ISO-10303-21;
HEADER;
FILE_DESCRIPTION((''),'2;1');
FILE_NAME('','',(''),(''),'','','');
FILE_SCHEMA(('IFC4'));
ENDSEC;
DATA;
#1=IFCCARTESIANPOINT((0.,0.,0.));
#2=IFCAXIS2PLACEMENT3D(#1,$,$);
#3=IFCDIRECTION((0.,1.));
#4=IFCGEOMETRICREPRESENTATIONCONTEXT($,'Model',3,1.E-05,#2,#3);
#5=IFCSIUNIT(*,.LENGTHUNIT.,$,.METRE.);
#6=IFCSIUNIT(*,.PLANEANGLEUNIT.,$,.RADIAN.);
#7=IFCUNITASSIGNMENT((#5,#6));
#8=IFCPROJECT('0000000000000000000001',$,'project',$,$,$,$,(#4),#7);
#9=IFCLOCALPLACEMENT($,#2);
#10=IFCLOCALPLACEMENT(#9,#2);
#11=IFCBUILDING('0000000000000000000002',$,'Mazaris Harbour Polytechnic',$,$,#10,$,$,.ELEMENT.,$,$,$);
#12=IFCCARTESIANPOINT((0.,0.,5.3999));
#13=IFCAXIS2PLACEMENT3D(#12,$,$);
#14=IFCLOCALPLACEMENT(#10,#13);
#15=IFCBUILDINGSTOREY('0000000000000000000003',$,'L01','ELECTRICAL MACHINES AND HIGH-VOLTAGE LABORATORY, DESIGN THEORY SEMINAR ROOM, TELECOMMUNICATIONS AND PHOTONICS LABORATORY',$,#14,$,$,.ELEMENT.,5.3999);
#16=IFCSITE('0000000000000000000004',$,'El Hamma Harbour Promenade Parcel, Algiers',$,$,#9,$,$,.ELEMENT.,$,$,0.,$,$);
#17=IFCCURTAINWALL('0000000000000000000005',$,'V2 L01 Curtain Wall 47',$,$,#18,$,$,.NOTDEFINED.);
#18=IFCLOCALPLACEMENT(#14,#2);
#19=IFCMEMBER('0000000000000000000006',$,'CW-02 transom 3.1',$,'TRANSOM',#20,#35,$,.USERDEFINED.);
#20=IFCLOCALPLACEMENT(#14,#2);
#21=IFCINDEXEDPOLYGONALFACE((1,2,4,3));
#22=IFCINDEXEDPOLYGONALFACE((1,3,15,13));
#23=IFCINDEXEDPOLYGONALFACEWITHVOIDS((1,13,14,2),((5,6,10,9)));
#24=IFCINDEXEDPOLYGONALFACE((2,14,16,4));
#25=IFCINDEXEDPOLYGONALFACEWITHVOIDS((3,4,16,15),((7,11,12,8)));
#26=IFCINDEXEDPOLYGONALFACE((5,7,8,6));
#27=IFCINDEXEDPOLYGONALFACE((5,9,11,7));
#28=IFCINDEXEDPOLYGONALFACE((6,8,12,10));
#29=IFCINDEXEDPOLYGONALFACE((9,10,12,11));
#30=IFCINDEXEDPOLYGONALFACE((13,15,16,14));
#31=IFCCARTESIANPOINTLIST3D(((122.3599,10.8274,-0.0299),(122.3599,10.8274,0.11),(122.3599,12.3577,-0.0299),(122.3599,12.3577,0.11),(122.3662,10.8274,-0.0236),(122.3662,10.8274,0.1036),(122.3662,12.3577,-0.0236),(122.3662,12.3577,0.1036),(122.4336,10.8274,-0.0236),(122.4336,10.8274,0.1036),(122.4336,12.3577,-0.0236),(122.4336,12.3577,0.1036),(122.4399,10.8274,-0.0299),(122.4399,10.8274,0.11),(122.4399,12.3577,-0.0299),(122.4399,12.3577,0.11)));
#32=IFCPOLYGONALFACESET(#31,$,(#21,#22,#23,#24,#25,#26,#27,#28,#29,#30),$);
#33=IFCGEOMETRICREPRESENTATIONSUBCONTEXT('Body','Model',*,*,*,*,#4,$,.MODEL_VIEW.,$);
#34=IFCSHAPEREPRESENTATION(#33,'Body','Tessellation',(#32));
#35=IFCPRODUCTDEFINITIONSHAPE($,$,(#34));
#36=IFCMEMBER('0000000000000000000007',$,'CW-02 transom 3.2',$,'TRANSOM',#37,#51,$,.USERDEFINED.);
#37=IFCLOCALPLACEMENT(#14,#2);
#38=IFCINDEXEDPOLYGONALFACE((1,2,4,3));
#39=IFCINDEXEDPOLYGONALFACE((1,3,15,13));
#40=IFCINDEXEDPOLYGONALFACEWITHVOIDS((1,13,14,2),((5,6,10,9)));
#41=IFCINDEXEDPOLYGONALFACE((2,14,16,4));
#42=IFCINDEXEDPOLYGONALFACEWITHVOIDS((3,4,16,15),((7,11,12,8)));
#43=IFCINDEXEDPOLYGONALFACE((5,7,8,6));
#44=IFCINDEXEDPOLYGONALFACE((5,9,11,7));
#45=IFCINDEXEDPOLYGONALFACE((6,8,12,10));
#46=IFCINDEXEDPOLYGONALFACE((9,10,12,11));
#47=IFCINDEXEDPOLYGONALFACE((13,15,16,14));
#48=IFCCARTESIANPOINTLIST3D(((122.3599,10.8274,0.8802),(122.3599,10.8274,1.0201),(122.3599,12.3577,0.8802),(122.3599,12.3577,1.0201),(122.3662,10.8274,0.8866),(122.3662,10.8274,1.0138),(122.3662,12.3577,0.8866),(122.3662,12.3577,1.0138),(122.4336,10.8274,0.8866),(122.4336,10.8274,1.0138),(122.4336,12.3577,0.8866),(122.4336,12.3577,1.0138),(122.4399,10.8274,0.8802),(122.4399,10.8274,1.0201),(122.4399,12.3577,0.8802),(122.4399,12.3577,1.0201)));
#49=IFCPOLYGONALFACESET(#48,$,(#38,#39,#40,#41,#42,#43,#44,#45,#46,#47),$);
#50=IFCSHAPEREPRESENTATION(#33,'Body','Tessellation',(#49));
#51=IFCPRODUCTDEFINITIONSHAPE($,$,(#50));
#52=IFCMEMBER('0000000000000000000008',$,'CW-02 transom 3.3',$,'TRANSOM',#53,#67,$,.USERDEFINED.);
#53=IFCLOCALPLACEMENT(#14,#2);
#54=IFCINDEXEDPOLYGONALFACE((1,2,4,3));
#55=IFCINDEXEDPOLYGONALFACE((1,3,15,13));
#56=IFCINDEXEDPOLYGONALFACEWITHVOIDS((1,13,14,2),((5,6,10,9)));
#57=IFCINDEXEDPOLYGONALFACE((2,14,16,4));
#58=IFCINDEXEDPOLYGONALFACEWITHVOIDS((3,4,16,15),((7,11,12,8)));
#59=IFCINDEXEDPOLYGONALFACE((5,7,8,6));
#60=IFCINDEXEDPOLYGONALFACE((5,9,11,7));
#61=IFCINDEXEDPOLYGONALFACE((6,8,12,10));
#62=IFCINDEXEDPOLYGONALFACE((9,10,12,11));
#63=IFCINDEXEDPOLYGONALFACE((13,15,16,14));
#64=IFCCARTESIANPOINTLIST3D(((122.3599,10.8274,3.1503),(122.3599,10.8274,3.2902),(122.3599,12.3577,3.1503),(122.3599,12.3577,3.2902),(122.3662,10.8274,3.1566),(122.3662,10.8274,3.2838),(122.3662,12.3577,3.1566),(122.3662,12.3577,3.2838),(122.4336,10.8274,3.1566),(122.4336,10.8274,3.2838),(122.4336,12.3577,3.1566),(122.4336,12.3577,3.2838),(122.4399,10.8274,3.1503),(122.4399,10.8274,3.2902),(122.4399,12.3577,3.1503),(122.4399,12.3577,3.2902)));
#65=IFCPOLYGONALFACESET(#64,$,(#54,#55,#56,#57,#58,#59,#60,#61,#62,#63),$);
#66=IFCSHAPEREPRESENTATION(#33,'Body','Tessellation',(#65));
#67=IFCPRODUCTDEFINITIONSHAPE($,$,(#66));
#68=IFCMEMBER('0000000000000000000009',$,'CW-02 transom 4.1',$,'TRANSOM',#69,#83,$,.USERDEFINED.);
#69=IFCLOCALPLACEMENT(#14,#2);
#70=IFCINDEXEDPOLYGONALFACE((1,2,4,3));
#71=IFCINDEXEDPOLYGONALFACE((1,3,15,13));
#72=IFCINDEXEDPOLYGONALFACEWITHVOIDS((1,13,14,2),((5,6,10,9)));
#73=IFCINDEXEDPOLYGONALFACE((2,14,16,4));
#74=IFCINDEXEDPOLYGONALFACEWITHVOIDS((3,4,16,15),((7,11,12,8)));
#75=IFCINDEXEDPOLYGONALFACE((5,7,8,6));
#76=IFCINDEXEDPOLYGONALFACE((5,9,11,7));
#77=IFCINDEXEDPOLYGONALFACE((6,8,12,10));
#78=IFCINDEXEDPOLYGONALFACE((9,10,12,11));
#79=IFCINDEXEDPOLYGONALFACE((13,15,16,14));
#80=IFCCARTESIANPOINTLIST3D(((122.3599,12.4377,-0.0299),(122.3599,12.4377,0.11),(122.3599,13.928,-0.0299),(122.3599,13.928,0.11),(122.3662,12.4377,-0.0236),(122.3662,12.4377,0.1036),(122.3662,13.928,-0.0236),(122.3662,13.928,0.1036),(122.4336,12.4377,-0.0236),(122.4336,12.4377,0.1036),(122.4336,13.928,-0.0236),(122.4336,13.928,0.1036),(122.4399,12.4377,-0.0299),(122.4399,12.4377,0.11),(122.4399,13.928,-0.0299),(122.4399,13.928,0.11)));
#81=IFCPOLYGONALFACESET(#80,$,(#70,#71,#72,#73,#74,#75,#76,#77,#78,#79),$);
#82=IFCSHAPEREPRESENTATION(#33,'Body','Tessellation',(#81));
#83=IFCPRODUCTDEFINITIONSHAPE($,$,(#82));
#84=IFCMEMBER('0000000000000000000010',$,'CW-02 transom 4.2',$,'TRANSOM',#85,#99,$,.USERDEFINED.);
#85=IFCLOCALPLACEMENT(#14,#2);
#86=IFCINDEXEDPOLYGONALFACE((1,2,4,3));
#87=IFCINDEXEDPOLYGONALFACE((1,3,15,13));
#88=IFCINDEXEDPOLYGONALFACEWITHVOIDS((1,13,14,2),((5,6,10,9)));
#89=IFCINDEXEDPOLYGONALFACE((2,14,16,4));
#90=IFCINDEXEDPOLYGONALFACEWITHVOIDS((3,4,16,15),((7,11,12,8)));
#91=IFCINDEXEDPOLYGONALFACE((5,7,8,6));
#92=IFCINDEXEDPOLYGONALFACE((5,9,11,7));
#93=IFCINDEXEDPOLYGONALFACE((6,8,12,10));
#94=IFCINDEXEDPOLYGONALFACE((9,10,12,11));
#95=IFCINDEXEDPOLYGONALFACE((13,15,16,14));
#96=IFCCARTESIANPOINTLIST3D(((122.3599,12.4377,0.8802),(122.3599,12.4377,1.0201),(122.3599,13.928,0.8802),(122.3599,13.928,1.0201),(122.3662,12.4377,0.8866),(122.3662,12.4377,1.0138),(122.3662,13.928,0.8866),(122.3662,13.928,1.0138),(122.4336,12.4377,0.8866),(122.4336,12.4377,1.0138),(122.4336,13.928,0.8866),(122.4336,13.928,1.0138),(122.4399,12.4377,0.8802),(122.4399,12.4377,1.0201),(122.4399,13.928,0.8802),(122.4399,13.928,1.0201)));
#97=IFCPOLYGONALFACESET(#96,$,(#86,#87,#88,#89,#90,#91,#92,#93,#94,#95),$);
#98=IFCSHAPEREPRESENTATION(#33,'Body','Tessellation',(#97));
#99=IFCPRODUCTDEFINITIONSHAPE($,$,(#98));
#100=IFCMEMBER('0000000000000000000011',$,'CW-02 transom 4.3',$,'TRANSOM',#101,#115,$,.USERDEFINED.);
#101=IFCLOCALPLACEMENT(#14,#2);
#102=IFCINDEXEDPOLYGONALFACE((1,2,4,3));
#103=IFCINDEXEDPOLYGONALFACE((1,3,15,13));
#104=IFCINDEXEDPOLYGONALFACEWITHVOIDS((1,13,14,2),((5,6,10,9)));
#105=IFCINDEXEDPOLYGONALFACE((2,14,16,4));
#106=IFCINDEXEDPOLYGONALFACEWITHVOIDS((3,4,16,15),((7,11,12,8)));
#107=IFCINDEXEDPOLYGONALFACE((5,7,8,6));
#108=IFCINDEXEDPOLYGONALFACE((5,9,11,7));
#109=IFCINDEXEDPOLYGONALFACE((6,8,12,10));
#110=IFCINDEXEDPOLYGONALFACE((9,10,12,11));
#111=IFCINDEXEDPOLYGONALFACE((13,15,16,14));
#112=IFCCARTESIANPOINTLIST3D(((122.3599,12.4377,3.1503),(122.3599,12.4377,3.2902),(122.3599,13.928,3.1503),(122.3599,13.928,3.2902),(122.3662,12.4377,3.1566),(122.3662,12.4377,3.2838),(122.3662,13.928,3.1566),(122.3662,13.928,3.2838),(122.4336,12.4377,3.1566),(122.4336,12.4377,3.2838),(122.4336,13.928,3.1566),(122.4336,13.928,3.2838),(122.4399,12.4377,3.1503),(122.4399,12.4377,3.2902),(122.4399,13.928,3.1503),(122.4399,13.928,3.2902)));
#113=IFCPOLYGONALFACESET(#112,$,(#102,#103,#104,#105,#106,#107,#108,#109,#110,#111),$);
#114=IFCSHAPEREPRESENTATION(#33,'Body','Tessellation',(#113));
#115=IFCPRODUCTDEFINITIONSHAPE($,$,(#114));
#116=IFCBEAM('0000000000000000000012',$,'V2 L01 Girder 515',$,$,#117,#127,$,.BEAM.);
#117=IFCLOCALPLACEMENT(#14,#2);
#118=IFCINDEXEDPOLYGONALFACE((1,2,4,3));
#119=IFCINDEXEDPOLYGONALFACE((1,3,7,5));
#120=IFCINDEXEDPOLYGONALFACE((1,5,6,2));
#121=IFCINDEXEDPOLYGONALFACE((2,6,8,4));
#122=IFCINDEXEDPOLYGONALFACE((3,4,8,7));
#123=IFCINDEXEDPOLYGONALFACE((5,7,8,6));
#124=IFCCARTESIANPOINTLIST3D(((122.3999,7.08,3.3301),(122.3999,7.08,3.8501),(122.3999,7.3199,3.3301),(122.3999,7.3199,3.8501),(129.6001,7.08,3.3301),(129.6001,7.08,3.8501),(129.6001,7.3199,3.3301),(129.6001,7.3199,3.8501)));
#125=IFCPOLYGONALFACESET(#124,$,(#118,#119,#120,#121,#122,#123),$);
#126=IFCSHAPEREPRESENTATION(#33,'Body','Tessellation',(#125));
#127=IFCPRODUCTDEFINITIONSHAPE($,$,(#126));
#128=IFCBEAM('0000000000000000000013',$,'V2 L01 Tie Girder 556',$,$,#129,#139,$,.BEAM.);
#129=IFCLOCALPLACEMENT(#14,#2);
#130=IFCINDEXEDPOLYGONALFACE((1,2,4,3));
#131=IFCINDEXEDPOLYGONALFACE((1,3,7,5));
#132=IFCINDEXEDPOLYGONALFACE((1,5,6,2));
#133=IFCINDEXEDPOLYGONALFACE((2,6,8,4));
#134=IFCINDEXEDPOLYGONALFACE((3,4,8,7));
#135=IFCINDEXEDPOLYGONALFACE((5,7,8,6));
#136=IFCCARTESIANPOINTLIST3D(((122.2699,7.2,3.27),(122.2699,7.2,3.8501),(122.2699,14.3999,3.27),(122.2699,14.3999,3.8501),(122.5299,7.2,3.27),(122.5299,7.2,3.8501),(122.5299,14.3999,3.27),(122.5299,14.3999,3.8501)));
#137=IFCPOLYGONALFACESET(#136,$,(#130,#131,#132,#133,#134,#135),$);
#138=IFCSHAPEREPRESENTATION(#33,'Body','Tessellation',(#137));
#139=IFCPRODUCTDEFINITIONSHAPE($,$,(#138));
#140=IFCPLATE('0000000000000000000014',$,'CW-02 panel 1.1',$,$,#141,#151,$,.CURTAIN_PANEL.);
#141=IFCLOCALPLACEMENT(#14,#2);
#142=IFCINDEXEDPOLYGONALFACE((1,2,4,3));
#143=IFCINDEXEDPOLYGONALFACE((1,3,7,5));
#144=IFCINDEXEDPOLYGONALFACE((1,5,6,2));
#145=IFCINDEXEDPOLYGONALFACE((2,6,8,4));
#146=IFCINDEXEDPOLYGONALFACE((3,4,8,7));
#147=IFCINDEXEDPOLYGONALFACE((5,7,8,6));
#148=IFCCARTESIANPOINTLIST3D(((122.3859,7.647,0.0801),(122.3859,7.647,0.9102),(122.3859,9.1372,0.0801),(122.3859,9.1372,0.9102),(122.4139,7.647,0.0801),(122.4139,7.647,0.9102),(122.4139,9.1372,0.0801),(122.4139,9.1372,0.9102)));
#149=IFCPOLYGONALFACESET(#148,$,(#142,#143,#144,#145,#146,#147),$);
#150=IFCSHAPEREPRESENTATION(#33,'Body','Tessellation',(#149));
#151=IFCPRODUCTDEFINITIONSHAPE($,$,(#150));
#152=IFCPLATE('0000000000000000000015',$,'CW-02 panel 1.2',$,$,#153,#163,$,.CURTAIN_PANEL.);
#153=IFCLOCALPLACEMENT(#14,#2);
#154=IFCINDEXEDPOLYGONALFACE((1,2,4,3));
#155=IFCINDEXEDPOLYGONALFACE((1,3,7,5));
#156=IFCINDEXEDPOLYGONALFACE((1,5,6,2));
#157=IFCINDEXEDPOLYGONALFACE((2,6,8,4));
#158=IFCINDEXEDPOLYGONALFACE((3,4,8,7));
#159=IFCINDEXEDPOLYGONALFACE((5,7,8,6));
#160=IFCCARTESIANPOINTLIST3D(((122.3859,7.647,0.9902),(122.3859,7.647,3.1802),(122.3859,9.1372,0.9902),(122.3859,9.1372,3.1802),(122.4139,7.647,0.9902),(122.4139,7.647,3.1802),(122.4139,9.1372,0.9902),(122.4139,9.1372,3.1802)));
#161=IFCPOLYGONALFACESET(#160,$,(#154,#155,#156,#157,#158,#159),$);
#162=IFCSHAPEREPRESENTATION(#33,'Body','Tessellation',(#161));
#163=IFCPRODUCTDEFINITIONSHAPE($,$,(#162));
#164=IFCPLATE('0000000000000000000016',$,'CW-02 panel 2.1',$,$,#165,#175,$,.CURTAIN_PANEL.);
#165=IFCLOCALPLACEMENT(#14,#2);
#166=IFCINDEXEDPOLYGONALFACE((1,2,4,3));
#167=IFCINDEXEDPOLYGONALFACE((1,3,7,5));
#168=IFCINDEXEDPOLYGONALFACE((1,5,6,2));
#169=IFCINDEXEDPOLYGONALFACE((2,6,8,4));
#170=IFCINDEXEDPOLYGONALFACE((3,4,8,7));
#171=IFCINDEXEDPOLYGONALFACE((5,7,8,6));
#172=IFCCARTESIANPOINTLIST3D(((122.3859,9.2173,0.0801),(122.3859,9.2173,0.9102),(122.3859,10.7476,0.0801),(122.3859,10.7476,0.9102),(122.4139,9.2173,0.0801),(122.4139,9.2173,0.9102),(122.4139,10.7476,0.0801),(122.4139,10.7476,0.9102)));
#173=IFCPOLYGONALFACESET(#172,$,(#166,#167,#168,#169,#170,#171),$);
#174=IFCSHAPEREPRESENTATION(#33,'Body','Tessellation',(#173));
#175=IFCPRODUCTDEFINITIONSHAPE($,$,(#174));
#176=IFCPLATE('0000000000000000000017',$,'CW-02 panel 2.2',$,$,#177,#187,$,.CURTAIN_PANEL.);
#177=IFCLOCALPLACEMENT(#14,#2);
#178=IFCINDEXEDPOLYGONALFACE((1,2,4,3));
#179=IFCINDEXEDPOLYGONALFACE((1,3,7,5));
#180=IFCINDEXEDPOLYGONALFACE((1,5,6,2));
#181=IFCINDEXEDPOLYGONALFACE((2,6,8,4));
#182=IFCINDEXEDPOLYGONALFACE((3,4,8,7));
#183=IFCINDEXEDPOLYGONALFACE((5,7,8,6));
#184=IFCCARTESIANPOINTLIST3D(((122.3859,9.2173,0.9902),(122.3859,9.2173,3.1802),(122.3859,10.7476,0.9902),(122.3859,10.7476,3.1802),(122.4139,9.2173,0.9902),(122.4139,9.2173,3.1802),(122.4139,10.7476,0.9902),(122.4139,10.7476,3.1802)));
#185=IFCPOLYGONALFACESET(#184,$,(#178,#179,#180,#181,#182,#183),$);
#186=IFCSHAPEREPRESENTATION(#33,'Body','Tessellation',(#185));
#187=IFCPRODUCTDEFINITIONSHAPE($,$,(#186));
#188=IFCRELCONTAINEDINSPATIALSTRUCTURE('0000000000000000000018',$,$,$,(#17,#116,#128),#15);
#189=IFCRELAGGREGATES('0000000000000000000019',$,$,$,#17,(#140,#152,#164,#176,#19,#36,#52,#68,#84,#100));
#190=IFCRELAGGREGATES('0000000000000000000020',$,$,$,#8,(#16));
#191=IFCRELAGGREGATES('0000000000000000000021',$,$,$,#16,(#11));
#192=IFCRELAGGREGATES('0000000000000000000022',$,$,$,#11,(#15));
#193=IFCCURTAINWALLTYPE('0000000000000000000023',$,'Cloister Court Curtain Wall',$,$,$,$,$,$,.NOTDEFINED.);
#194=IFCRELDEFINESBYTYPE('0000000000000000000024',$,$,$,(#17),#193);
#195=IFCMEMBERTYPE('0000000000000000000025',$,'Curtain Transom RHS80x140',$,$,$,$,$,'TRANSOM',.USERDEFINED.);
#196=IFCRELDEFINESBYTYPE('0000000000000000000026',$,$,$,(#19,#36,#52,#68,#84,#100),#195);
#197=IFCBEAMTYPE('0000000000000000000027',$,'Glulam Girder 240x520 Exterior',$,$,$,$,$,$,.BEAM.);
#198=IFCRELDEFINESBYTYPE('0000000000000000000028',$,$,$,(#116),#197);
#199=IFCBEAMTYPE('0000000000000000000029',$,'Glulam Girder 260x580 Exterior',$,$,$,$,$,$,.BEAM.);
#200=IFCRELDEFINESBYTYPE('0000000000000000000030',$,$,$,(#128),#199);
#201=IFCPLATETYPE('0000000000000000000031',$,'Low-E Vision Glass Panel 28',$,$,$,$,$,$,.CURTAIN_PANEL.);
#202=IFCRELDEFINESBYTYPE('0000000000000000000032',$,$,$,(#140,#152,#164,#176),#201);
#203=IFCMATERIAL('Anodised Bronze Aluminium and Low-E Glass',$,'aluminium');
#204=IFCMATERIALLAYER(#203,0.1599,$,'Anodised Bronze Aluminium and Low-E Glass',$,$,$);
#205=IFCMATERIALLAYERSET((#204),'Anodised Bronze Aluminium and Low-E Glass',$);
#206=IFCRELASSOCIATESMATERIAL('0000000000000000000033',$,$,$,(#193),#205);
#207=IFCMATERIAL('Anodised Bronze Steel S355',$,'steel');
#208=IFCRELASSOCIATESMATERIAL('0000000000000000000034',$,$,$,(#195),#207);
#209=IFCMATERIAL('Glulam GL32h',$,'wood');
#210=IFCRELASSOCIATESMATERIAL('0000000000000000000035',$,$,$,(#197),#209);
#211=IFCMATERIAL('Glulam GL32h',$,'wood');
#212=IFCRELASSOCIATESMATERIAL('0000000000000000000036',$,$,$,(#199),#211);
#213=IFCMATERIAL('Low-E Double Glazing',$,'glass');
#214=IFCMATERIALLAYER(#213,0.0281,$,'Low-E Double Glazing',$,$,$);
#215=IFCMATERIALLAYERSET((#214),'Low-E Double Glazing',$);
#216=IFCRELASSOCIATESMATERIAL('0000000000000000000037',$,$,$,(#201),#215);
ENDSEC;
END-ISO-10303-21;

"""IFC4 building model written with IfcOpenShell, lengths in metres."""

from ifc_helpers import new_model, si_unit, direction, frame, origin, origin_2d, place, context, subcontext, project, spatial, rectangle, hollow_rectangle, extrude, material, layer, layer_set, material_profile, profile_set, type_object, element, aggregate, save


model = new_model("IFC4")

# Units and contexts
model_context = context("Model", 3, precision=1e-05, world=origin(), true_north=direction((0.0, 1.0)))
body_context = subcontext(model_context, "Body", "Model", "MODEL_VIEW")
ifc_project = project(units=[si_unit("LENGTHUNIT", "METRE"), si_unit("PLANEANGLEUNIT", "RADIAN")], contexts=[model_context])

# Site, building, storey
site_placement = place(None, origin())
site = spatial("IfcSite", under=ifc_project, at=site_placement, Name="El Hamma Harbour Promenade Parcel, Algiers", CompositionType="ELEMENT", RefElevation=0.0)
building_placement = place(site_placement, origin())
building = spatial("IfcBuilding", under=site, at=building_placement, Name="Mazaris Harbour Polytechnic", CompositionType="ELEMENT")
storey_placement = place(building_placement, frame((0.0, 0.0, 5.3999)))
storey = spatial("IfcBuildingStorey", under=building, at=storey_placement, Name="L01", Description="ELECTRICAL MACHINES AND HIGH-VOLTAGE LABORATORY, DESIGN THEORY SEMINAR ROOM, TELECOMMUNICATIONS AND PHOTONICS LABORATORY", CompositionType="ELEMENT", Elevation=5.3999)

# Curtain wall, members
ifc_material_1 = material(Name="Anodised Bronze Aluminium and Low-E Glass", Category="aluminium")
ifc_layer_1 = layer(ifc_material_1, 0.1599, Name="Anodised Bronze Aluminium and Low-E Glass")
ifc_layer_set_1 = layer_set([ifc_layer_1], Name="Anodised Bronze Aluminium and Low-E Glass")
curtain_wall_type = type_object("IfcCurtainWallType", Name="Cloister Court Curtain Wall", PredefinedType="NOTDEFINED", material=ifc_layer_set_1)
curtain_wall_placement = place(storey_placement, origin())
curtain_wall = element("IfcCurtainWall", 1, at=curtain_wall_placement, inside=storey, type_object=curtain_wall_type, Name="V2 L01 Curtain Wall 47", PredefinedType="NOTDEFINED")
ifc_material_2 = material(Name="Anodised Bronze Steel S355", Category="steel")
ifc_material_profile_1 = material_profile(ifc_material_2, hollow_rectangle(XDim=0.0801, YDim=0.1399, WallThickness=0.0063, at=origin_2d()), Name="RHS 80x140x6.3")
ifc_profile_set_1 = profile_set([ifc_material_profile_1], Name="Anodised Bronze Steel S355")
member_type_1 = type_object("IfcMemberType", Name="Curtain Transom RHS80x140", ElementType="TRANSOM", PredefinedType="USERDEFINED", material=ifc_profile_set_1)
member_1_placement = place(storey_placement, frame((122.3999, 10.8274, 0.04), z_axis=(0.0, 1.0, 0.0), x_axis=(-1.0, 0.0, 0.0)))
member_1 = element("IfcMember", 2, at=member_1_placement, type_object=member_type_1, Name="CW-02 transom 3.1", ObjectType="TRANSOM", PredefinedType="USERDEFINED", context=body_context, shape_type="SweptSolid", body=[
    extrude(hollow_rectangle(XDim=0.0801, YDim=0.1399, WallThickness=0.0063, at=origin_2d()), origin(), (0.0, 0.0, 1.0), 1.5303),
])
member_2_placement = place(storey_placement, frame((122.3999, 10.8274, 0.9502), z_axis=(0.0, 1.0, 0.0), x_axis=(-1.0, 0.0, 0.0)))
member_2 = element("IfcMember", 3, at=member_2_placement, type_object=member_type_1, Name="CW-02 transom 3.2", ObjectType="TRANSOM", PredefinedType="USERDEFINED", context=body_context, shape_type="SweptSolid", body=[
    extrude(hollow_rectangle(XDim=0.0801, YDim=0.1399, WallThickness=0.0063, at=origin_2d()), origin(), (0.0, 0.0, 1.0), 1.5303),
])
member_3_placement = place(storey_placement, frame((122.3999, 10.8274, 3.2202), z_axis=(0.0, 1.0, 0.0), x_axis=(-1.0, 0.0, 0.0)))
member_3 = element("IfcMember", 4, at=member_3_placement, type_object=member_type_1, Name="CW-02 transom 3.3", ObjectType="TRANSOM", PredefinedType="USERDEFINED", context=body_context, shape_type="SweptSolid", body=[
    extrude(hollow_rectangle(XDim=0.0801, YDim=0.1399, WallThickness=0.0063, at=origin_2d()), origin(), (0.0, 0.0, 1.0), 1.5303),
])
member_4_placement = place(storey_placement, frame((122.3999, 12.4377, 0.04), z_axis=(0.0, 1.0, 0.0), x_axis=(-1.0, 0.0, 0.0)))
member_4 = element("IfcMember", 5, at=member_4_placement, type_object=member_type_1, Name="CW-02 transom 4.1", ObjectType="TRANSOM", PredefinedType="USERDEFINED", context=body_context, shape_type="SweptSolid", body=[
    extrude(hollow_rectangle(XDim=0.0801, YDim=0.1399, WallThickness=0.0063, at=origin_2d()), origin(), (0.0, 0.0, 1.0), 1.4902),
])
member_5_placement = place(storey_placement, frame((122.3999, 12.4377, 0.9502), z_axis=(0.0, 1.0, 0.0), x_axis=(-1.0, 0.0, 0.0)))
member_5 = element("IfcMember", 6, at=member_5_placement, type_object=member_type_1, Name="CW-02 transom 4.2", ObjectType="TRANSOM", PredefinedType="USERDEFINED", context=body_context, shape_type="SweptSolid", body=[
    extrude(hollow_rectangle(XDim=0.0801, YDim=0.1399, WallThickness=0.0063, at=origin_2d()), origin(), (0.0, 0.0, 1.0), 1.4902),
])
member_6_placement = place(storey_placement, frame((122.3999, 12.4377, 3.2202), z_axis=(0.0, 1.0, 0.0), x_axis=(-1.0, 0.0, 0.0)))
member_6 = element("IfcMember", 7, at=member_6_placement, type_object=member_type_1, Name="CW-02 transom 4.3", ObjectType="TRANSOM", PredefinedType="USERDEFINED", context=body_context, shape_type="SweptSolid", body=[
    extrude(hollow_rectangle(XDim=0.0801, YDim=0.1399, WallThickness=0.0063, at=origin_2d()), origin(), (0.0, 0.0, 1.0), 1.4902),
])

# Beams
ifc_material_3 = material(Name="Glulam GL32h", Category="wood")
ifc_material_profile_2 = material_profile(ifc_material_3, rectangle(XDim=0.24, YDim=0.52, at=origin_2d()), Name="RECT240x520")
ifc_profile_set_2 = profile_set([ifc_material_profile_2], Name="Glulam GL32h")
beam_type_1 = type_object("IfcBeamType", Name="Glulam Girder 240x520 Exterior", PredefinedType="BEAM", material=ifc_profile_set_2)
beam_1_placement = place(storey_placement, frame((122.3999, 7.2, 3.5901), z_axis=(1.0, 0.0, 0.0), x_axis=(0.0, 1.0, 0.0)))
element("IfcBeam", 8, at=beam_1_placement, inside=storey, type_object=beam_type_1, Name="V2 L01 Girder 515", PredefinedType="BEAM", context=body_context, shape_type="SweptSolid", body=[
    extrude(rectangle(XDim=0.24, YDim=0.52, at=origin_2d()), origin(), (0.0, 0.0, 1.0), 7.2002),
])
ifc_material_4 = material(Name="Glulam GL32h", Category="wood")
ifc_material_profile_3 = material_profile(ifc_material_4, rectangle(XDim=0.26, YDim=0.5801, at=origin_2d()), Name="RECT260x580")
ifc_profile_set_3 = profile_set([ifc_material_profile_3], Name="Glulam GL32h")
beam_type_2 = type_object("IfcBeamType", Name="Glulam Girder 260x580 Exterior", PredefinedType="BEAM", material=ifc_profile_set_3)
beam_2_placement = place(storey_placement, frame((122.3999, 7.2, 3.5601), z_axis=(0.0, 1.0, 0.0), x_axis=(-1.0, 0.0, 0.0)))
element("IfcBeam", 9, at=beam_2_placement, inside=storey, type_object=beam_type_2, Name="V2 L01 Tie Girder 556", PredefinedType="BEAM", context=body_context, shape_type="SweptSolid", body=[
    extrude(rectangle(XDim=0.26, YDim=0.5801, at=origin_2d()), origin(), (0.0, 0.0, 1.0), 7.2),
])

# Plates
ifc_material_5 = material(Name="Low-E Double Glazing", Category="glass")
ifc_layer_2 = layer(ifc_material_5, 0.0281, Name="Low-E Double Glazing")
ifc_layer_set_2 = layer_set([ifc_layer_2], Name="Low-E Double Glazing")
plate_type = type_object("IfcPlateType", Name="Low-E Vision Glass Panel 28", PredefinedType="CURTAIN_PANEL", material=ifc_layer_set_2)
plate_1_placement = place(storey_placement, frame((122.3999, 8.3921, 0.0801), z_axis=(0.0, 0.0, 1.0), x_axis=(0.0, 1.0, 0.0)))
plate_1 = element("IfcPlate", 10, at=plate_1_placement, type_object=plate_type, Name="CW-02 panel 1.1", PredefinedType="CURTAIN_PANEL", context=body_context, shape_type="SweptSolid", body=[
    extrude(rectangle(XDim=1.4902, YDim=0.0281, at=origin_2d()), origin(), (0.0, 0.0, 1.0), 0.8301),
])
plate_2_placement = place(storey_placement, frame((122.3999, 8.3921, 0.9902), z_axis=(0.0, 0.0, 1.0), x_axis=(0.0, 1.0, 0.0)))
plate_2 = element("IfcPlate", 11, at=plate_2_placement, type_object=plate_type, Name="CW-02 panel 1.2", PredefinedType="CURTAIN_PANEL", context=body_context, shape_type="SweptSolid", body=[
    extrude(rectangle(XDim=1.4902, YDim=0.0281, at=origin_2d()), origin(), (0.0, 0.0, 1.0), 2.1899),
])
plate_3_placement = place(storey_placement, frame((122.3999, 9.9824, 0.0801), z_axis=(0.0, 0.0, 1.0), x_axis=(0.0, 1.0, 0.0)))
plate_3 = element("IfcPlate", 12, at=plate_3_placement, type_object=plate_type, Name="CW-02 panel 2.1", PredefinedType="CURTAIN_PANEL", context=body_context, shape_type="SweptSolid", body=[
    extrude(rectangle(XDim=1.5303, YDim=0.0281, at=origin_2d()), origin(), (0.0, 0.0, 1.0), 0.8301),
])
plate_4_placement = place(storey_placement, frame((122.3999, 9.9824, 0.9902), z_axis=(0.0, 0.0, 1.0), x_axis=(0.0, 1.0, 0.0)))
plate_4 = element("IfcPlate", 13, at=plate_4_placement, type_object=plate_type, Name="CW-02 panel 2.2", PredefinedType="CURTAIN_PANEL", context=body_context, shape_type="SweptSolid", body=[
    extrude(rectangle(XDim=1.5303, YDim=0.0281, at=origin_2d()), origin(), (0.0, 0.0, 1.0), 2.1899),
])
aggregate(curtain_wall, [plate_1, plate_2, plate_3, plate_4, member_1, member_2, member_3, member_4, member_5, member_6])

save(model, "model.ifc")
